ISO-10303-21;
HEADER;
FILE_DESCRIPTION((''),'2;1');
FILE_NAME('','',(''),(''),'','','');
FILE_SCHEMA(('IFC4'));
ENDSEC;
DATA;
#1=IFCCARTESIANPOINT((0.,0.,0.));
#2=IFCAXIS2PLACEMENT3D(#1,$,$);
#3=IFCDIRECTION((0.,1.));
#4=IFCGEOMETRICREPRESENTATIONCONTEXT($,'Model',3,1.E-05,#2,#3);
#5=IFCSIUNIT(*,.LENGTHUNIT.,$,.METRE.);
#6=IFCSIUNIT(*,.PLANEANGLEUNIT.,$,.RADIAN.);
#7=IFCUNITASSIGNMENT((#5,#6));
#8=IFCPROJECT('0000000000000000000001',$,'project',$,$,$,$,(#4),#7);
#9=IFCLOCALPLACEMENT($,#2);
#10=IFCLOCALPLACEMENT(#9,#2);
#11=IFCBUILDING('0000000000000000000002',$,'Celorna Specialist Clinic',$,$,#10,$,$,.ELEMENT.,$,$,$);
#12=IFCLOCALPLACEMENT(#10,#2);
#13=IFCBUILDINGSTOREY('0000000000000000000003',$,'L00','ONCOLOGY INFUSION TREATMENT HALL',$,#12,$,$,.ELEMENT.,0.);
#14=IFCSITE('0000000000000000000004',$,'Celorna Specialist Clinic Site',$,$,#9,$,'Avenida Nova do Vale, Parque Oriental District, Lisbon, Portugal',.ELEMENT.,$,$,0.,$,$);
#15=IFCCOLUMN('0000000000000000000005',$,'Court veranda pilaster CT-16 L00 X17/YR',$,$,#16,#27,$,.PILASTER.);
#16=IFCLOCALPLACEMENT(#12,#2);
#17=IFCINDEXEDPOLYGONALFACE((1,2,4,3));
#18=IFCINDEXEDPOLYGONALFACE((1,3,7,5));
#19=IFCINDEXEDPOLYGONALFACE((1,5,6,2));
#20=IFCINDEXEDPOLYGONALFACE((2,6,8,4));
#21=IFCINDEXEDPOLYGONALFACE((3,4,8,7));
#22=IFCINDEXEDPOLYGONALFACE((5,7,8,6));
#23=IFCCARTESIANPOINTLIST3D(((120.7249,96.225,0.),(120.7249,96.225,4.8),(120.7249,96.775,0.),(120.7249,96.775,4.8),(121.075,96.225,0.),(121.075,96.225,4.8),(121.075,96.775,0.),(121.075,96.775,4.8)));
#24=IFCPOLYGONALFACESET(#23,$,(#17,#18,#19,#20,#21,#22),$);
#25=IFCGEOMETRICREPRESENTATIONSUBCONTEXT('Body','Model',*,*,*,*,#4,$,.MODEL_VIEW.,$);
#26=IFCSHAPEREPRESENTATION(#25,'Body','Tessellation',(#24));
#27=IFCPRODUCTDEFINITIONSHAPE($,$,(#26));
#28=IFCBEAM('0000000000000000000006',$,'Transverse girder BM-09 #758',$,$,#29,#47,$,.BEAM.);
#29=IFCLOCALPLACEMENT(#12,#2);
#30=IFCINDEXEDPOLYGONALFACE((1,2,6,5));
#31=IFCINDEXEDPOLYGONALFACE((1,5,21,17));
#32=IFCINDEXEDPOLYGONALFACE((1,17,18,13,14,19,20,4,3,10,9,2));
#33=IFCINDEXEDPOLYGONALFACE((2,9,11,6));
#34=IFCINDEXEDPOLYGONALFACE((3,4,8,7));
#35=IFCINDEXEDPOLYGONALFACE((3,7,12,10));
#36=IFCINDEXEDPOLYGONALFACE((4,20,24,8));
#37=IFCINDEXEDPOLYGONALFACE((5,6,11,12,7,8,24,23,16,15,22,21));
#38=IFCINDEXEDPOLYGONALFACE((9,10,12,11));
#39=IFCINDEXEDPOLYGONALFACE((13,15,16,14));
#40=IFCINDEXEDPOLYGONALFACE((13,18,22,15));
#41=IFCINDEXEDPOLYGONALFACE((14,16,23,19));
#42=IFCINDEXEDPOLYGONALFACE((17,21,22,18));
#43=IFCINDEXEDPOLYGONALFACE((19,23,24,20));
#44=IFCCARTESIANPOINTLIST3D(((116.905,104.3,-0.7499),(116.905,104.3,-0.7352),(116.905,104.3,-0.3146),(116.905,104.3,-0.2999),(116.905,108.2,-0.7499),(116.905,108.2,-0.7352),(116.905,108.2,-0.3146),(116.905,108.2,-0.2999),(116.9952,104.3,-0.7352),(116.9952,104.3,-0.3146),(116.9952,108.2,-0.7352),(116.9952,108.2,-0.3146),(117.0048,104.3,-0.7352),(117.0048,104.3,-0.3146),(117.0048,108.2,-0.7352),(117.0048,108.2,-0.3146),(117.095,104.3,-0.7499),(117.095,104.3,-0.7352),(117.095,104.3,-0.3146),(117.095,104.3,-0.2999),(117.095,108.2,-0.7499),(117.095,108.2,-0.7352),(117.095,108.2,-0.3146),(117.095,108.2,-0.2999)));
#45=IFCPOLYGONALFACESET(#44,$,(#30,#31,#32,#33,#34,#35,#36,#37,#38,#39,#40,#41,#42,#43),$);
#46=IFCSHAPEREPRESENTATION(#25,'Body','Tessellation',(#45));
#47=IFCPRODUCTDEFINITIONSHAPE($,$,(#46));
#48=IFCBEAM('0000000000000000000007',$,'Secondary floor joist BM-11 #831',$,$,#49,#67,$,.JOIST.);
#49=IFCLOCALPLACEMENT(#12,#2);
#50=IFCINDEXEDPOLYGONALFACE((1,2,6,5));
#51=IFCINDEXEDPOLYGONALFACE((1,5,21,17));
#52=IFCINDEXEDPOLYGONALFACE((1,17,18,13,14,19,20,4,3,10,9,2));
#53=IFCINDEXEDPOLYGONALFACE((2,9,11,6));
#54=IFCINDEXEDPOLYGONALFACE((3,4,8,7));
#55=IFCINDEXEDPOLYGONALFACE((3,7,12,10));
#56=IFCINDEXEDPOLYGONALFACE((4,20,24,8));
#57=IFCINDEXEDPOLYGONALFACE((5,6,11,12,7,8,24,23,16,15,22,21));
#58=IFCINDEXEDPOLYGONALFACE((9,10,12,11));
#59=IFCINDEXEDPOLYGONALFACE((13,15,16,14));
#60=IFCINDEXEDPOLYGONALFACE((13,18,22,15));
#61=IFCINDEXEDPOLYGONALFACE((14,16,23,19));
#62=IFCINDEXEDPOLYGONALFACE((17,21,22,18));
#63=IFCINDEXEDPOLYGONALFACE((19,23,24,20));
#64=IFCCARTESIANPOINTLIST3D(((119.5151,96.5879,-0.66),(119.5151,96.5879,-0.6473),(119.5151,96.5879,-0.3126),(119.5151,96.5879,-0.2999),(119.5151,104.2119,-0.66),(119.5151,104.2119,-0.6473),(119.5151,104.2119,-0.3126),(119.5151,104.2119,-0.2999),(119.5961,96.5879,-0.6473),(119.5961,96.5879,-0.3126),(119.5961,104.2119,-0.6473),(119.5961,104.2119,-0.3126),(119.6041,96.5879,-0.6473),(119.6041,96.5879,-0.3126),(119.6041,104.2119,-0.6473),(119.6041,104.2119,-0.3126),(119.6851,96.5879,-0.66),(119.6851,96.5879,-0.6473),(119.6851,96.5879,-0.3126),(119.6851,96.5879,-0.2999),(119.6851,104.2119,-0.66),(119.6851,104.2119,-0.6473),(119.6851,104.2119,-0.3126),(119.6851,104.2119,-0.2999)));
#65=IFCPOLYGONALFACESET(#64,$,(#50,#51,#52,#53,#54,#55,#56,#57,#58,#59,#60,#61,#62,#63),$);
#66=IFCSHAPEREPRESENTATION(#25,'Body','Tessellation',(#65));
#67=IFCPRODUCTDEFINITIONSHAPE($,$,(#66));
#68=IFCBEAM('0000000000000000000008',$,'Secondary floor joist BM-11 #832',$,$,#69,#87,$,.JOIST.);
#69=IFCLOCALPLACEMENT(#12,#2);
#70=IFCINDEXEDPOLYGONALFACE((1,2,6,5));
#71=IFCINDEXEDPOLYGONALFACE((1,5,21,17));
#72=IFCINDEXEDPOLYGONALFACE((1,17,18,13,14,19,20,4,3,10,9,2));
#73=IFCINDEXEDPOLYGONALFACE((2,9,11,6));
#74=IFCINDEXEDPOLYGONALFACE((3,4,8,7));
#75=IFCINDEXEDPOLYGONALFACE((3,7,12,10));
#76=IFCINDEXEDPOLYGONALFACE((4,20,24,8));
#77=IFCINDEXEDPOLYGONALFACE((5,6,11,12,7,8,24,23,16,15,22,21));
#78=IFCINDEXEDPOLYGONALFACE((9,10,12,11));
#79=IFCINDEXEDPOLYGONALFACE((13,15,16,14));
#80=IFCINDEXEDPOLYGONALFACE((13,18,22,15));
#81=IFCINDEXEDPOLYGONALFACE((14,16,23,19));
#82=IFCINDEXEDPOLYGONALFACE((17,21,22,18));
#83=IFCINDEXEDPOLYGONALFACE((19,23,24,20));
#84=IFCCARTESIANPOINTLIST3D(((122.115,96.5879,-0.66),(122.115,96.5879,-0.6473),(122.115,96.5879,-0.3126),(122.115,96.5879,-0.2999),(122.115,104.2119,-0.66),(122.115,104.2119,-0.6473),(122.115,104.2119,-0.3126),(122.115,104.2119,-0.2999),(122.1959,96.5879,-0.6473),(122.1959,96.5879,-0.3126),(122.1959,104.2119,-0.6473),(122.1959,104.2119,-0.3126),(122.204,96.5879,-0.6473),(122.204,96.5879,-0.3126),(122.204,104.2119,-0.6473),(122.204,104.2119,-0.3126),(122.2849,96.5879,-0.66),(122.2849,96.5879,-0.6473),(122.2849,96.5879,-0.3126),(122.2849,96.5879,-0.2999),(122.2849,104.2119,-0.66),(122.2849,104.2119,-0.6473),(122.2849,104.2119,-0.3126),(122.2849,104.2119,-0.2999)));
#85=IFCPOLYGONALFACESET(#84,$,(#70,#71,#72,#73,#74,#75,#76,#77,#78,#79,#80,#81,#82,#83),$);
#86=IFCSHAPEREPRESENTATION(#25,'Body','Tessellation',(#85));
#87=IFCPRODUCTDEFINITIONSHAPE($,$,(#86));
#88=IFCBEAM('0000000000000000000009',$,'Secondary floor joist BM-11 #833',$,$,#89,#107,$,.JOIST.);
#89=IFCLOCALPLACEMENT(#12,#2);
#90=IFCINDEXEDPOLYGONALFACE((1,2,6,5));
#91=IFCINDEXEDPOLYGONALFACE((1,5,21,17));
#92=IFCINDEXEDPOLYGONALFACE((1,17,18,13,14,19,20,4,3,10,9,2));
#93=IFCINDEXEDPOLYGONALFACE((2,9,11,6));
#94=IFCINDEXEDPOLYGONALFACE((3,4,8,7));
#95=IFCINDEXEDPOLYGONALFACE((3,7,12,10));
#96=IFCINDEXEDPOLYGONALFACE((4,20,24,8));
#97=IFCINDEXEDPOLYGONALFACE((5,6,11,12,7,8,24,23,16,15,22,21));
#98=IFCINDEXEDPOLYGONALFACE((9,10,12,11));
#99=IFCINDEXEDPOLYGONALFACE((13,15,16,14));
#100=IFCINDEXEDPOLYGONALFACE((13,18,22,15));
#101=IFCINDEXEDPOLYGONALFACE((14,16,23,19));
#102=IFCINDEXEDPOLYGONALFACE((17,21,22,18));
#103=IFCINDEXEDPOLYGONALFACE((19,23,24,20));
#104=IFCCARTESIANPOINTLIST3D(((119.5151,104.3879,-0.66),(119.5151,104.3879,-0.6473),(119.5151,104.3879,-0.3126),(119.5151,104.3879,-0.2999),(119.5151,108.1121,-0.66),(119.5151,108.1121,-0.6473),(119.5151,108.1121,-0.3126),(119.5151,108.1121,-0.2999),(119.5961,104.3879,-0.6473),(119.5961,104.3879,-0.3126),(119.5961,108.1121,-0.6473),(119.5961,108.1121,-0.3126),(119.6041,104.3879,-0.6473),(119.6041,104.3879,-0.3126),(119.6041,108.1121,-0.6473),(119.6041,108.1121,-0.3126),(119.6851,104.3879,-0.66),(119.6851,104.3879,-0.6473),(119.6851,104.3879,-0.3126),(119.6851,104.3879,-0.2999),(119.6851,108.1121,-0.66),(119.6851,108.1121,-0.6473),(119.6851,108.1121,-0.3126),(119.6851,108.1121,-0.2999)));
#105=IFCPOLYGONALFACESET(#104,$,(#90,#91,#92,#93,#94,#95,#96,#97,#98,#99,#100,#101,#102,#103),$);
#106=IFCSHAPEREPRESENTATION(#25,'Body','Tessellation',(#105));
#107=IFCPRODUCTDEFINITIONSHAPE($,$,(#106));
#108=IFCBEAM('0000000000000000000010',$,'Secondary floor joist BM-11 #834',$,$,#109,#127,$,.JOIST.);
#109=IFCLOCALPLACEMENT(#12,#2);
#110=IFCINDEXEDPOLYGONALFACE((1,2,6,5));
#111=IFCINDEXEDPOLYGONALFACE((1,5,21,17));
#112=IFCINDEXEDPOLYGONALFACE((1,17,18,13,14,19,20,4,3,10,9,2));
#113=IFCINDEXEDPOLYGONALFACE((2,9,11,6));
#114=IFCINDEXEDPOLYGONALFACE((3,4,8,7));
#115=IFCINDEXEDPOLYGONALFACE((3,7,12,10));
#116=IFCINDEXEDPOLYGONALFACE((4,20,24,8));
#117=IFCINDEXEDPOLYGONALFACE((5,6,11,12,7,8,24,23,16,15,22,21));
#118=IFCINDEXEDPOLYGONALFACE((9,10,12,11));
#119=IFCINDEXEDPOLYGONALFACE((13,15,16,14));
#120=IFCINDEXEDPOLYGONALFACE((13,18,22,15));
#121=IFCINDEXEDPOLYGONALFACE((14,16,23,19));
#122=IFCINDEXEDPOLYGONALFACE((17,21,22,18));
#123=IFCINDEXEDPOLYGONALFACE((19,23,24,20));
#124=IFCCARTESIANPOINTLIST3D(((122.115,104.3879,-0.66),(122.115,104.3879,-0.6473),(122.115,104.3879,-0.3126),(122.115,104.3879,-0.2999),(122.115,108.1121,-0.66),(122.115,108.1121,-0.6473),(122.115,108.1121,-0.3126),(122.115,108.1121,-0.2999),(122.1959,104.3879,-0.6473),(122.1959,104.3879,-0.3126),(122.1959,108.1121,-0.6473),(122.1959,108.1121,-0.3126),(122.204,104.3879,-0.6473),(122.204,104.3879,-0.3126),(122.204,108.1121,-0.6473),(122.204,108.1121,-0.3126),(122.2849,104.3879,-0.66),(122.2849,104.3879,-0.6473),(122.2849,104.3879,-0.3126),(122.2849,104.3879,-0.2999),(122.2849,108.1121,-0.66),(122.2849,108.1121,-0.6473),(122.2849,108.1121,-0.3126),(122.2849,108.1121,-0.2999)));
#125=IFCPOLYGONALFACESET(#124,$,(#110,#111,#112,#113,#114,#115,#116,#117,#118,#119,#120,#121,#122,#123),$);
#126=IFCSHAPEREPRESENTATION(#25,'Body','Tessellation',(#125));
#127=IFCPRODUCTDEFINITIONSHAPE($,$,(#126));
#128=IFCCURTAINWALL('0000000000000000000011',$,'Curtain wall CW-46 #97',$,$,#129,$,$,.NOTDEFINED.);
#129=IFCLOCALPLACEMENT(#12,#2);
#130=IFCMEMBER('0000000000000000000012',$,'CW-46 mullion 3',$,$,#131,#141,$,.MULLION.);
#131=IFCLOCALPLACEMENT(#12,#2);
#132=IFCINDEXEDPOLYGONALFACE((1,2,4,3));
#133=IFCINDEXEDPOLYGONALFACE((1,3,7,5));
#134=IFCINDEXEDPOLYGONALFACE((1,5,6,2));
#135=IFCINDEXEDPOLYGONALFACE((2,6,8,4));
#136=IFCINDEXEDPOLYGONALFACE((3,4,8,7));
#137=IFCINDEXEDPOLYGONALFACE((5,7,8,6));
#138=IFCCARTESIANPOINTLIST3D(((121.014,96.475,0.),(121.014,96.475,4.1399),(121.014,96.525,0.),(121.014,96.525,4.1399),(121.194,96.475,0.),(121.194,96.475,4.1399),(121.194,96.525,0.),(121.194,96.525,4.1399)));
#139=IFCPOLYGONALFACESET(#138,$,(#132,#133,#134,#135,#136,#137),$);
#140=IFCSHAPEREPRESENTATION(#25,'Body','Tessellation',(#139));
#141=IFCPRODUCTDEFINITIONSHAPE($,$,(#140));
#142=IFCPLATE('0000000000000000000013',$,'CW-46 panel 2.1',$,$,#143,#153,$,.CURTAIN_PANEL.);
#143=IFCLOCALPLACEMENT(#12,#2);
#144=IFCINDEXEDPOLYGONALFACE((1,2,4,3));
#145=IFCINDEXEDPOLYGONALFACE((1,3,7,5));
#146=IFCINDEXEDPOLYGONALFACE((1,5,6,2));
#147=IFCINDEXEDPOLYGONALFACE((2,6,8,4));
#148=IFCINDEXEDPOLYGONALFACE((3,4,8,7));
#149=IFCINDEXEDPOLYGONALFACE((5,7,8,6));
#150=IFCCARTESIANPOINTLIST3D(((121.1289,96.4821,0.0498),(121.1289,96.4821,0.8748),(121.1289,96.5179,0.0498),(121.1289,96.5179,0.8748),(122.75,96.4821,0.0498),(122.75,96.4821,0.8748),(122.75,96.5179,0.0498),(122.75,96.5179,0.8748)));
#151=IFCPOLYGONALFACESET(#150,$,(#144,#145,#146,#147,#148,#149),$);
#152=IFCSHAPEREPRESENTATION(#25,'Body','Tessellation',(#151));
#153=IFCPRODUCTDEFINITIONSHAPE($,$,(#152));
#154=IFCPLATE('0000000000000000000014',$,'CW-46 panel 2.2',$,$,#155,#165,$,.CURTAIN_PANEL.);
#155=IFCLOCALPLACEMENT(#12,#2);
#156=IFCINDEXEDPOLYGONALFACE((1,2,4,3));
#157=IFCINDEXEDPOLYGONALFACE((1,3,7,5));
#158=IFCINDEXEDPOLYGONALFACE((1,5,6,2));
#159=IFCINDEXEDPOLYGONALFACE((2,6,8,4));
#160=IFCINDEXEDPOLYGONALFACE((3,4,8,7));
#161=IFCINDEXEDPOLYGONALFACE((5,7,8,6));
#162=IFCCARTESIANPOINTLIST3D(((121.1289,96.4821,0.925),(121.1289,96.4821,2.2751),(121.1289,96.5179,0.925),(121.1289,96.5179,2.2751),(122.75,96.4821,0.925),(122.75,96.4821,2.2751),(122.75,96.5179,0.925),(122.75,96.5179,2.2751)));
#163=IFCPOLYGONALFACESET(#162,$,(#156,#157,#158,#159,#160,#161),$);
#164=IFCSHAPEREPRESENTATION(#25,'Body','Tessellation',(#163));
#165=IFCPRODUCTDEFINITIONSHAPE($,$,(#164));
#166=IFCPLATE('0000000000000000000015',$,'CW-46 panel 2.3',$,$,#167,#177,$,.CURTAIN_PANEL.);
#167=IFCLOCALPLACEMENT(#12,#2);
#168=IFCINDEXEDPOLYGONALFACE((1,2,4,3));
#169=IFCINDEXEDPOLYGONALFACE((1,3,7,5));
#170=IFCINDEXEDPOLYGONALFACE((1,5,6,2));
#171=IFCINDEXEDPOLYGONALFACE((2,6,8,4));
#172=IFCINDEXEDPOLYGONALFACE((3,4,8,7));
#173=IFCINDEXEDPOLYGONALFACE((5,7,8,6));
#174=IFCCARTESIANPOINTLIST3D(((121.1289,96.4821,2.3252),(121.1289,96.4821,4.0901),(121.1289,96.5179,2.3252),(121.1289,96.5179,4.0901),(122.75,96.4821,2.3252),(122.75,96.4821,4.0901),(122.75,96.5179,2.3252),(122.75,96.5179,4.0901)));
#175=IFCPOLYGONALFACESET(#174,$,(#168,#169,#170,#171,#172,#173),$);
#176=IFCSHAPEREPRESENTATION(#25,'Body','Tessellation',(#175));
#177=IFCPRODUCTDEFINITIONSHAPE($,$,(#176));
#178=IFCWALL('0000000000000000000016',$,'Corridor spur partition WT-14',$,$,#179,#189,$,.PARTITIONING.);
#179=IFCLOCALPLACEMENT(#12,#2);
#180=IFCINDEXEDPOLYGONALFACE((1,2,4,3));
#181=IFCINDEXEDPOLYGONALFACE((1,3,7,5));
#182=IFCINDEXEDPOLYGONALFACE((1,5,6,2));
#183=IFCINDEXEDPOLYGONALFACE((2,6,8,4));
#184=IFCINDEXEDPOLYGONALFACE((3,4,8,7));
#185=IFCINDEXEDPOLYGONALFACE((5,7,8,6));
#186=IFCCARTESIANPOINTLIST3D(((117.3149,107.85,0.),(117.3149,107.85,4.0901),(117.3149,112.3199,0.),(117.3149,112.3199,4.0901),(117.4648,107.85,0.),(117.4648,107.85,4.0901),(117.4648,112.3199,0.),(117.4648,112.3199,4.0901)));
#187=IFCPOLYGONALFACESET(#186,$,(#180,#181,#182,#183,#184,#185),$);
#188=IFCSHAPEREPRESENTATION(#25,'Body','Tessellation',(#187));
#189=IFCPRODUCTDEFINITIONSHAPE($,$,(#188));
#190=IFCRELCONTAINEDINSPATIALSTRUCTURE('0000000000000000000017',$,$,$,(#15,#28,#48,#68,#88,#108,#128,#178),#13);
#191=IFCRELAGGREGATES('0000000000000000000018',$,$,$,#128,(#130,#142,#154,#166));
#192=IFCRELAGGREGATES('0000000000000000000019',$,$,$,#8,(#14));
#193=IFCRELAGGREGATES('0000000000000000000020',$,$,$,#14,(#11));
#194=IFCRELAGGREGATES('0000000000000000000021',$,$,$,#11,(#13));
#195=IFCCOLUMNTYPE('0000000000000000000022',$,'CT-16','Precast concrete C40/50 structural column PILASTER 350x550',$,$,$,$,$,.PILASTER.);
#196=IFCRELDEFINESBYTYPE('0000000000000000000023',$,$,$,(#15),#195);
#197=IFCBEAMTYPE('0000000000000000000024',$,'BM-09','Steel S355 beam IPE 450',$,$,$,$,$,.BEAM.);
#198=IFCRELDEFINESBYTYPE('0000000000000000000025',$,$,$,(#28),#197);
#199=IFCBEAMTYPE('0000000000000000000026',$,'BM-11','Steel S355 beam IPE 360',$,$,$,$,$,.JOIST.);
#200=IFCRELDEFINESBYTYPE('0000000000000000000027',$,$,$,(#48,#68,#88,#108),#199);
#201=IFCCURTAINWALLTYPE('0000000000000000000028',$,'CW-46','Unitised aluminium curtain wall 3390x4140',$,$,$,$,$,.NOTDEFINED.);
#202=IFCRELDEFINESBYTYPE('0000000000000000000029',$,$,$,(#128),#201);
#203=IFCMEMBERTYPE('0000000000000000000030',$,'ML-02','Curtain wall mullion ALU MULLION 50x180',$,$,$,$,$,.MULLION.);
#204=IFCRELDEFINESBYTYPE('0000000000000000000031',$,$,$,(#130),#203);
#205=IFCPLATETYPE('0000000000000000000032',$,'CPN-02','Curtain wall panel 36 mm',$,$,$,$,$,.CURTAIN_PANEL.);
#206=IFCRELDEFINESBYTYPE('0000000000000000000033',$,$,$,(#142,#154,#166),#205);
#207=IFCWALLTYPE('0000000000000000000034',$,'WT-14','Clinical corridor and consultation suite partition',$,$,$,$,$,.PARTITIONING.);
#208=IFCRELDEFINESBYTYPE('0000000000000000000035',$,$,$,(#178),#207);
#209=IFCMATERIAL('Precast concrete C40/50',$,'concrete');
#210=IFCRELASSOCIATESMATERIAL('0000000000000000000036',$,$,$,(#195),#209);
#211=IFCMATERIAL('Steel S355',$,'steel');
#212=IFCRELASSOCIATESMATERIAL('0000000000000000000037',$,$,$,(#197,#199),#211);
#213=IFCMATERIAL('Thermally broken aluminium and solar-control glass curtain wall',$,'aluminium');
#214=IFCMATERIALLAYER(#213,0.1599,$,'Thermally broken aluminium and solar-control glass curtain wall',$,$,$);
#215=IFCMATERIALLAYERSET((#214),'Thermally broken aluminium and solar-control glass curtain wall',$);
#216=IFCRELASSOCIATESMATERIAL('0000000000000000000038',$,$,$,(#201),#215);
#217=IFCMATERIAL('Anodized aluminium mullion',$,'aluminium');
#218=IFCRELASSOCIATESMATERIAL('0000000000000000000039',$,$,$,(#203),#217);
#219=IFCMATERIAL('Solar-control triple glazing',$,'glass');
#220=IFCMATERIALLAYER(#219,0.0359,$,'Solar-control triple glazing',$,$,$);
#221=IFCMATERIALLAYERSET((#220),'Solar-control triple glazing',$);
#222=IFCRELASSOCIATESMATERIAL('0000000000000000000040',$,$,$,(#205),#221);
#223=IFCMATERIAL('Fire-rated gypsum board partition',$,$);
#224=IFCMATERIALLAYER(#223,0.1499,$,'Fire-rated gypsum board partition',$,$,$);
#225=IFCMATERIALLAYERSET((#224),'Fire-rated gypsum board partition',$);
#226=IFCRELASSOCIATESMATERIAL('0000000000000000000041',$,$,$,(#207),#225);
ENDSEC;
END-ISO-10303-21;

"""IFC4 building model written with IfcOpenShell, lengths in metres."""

from ifc_helpers import new_model, si_unit, direction, frame, frame_2d, origin, origin_2d, place, context, subcontext, project, spatial, rectangle, i_section, extrude, material, layer, layer_set, material_profile, profile_set, type_object, element, aggregate, save


model = new_model("IFC4")

# Units and contexts
model_context = context("Model", 3, precision=1e-05, world=origin(), true_north=direction((0.0, 1.0)))
body_context = subcontext(model_context, "Body", "Model", "MODEL_VIEW")
ifc_project = project(units=[si_unit("LENGTHUNIT", "METRE"), si_unit("PLANEANGLEUNIT", "RADIAN")], contexts=[model_context])

# Site, building, storey
site_placement = place(None, origin())
site = spatial("IfcSite", under=ifc_project, at=site_placement, Name="Celorna Specialist Clinic Site", LongName="Avenida Nova do Vale, Parque Oriental District, Lisbon, Portugal", CompositionType="ELEMENT", RefElevation=0.0)
building_placement = place(site_placement, origin())
building = spatial("IfcBuilding", under=site, at=building_placement, Name="Celorna Specialist Clinic", CompositionType="ELEMENT")
storey_placement = place(building_placement, origin())
storey = spatial("IfcBuildingStorey", under=building, at=storey_placement, Name="L00", Description="ONCOLOGY INFUSION TREATMENT HALL", CompositionType="ELEMENT", Elevation=0.0)

# Column
ifc_material_1 = material(Name="Precast concrete C40/50", Category="concrete")
ifc_material_profile_1 = material_profile(ifc_material_1, rectangle(XDim=0.3501, YDim=0.55, at=origin_2d()), Name="PILASTER 350x550")
ifc_profile_set_1 = profile_set([ifc_material_profile_1], Name="Precast concrete C40/50")
column_type = type_object("IfcColumnType", Name="CT-16", Description="Precast concrete C40/50 structural column PILASTER 350x550", PredefinedType="PILASTER", material=ifc_profile_set_1)
column_placement = place(storey_placement, frame((120.8999, 96.5, 0.0), z_axis=(0.0, 0.0, 1.0), x_axis=(1.0, 0.0, 0.0)))
element("IfcColumn", 1, at=column_placement, inside=storey, type_object=column_type, Name="Court veranda pilaster CT-16 L00 X17/YR", PredefinedType="PILASTER", context=body_context, shape_type="SweptSolid", body=[
    extrude(rectangle(XDim=0.3501, YDim=0.55, at=origin_2d()), origin(), (0.0, 0.0, 1.0), 4.8),
])

# Beams
ifc_material_2 = material(Name="Steel S355", Category="steel")
ifc_material_profile_2 = material_profile(ifc_material_2, i_section(OverallWidth=0.1899, OverallDepth=0.45, WebThickness=0.0095, FlangeThickness=0.0146, at=origin_2d()), Name="IPE 450")
ifc_profile_set_2 = profile_set([ifc_material_profile_2], Name="Steel S355")
beam_type_1 = type_object("IfcBeamType", Name="BM-09", Description="Steel S355 beam IPE 450", PredefinedType="BEAM", material=ifc_profile_set_2)
beam_placement = place(storey_placement, frame((117.0, 104.3, -0.5249), z_axis=(0.0, 1.0, 0.0), x_axis=(-1.0, 0.0, 0.0)))
element("IfcBeam", 2, at=beam_placement, inside=storey, type_object=beam_type_1, Name="Transverse girder BM-09 #758", PredefinedType="BEAM", context=body_context, shape_type="SweptSolid", body=[
    extrude(i_section(OverallWidth=0.1899, OverallDepth=0.45, WebThickness=0.0095, FlangeThickness=0.0146, at=origin_2d()), origin(), (0.0, 0.0, 1.0), 3.8999),
])
ifc_material_profile_3 = material_profile(ifc_material_2, i_section(OverallWidth=0.1699, OverallDepth=0.3601, WebThickness=0.0081, FlangeThickness=0.0127, at=origin_2d()), Name="IPE 360")
ifc_profile_set_3 = profile_set([ifc_material_profile_3], Name="Steel S355")
beam_type_2 = type_object("IfcBeamType", Name="BM-11", Description="Steel S355 beam IPE 360", PredefinedType="JOIST", material=ifc_profile_set_3)
for number, where, z_axis, x_axis, name in (
    (3, (119.6001, 96.5879, -0.48), (0.0, 1.0, 0.0), (-1.0, 0.0, 0.0), "Secondary floor joist BM-11 #831"),
    (4, (122.2, 96.5879, -0.48), (0.0, 1.0, 0.0), (-1.0, 0.0, 0.0), "Secondary floor joist BM-11 #832"),
):
    element("IfcBeam", number, at=place(storey_placement, frame(where, z_axis=z_axis, x_axis=x_axis)), inside=storey, type_object=beam_type_2, Name=name, PredefinedType="JOIST", context=body_context, shape_type="SweptSolid", body=[
        extrude(i_section(OverallWidth=0.1699, OverallDepth=0.3601, WebThickness=0.0081, FlangeThickness=0.0127, at=origin_2d()), origin(), (0.0, 0.0, 1.0), 7.624),
    ])
for number, where, z_axis, x_axis, name in (
    (5, (119.6001, 104.3879, -0.48), (0.0, 1.0, 0.0), (-1.0, 0.0, 0.0), "Secondary floor joist BM-11 #833"),
    (6, (122.2, 104.3879, -0.48), (0.0, 1.0, 0.0), (-1.0, 0.0, 0.0), "Secondary floor joist BM-11 #834"),
):
    element("IfcBeam", number, at=place(storey_placement, frame(where, z_axis=z_axis, x_axis=x_axis)), inside=storey, type_object=beam_type_2, Name=name, PredefinedType="JOIST", context=body_context, shape_type="SweptSolid", body=[
        extrude(i_section(OverallWidth=0.1699, OverallDepth=0.3601, WebThickness=0.0081, FlangeThickness=0.0127, at=origin_2d()), origin(), (0.0, 0.0, 1.0), 3.7241),
    ])

# Curtain wall, member, plates
ifc_material_3 = material(Name="Thermally broken aluminium and solar-control glass curtain wall", Category="aluminium")
ifc_layer_1 = layer(ifc_material_3, 0.1599, Name="Thermally broken aluminium and solar-control glass curtain wall")
ifc_layer_set_1 = layer_set([ifc_layer_1], Name="Thermally broken aluminium and solar-control glass curtain wall")
curtain_wall_type = type_object("IfcCurtainWallType", Name="CW-46", Description="Unitised aluminium curtain wall 3390x4140", PredefinedType="NOTDEFINED", material=ifc_layer_set_1)
curtain_wall_placement = place(storey_placement, origin())
curtain_wall = element("IfcCurtainWall", 7, at=curtain_wall_placement, inside=storey, type_object=curtain_wall_type, Name="Curtain wall CW-46 #97", PredefinedType="NOTDEFINED")
ifc_material_4 = material(Name="Anodized aluminium mullion", Category="aluminium")
ifc_material_profile_4 = material_profile(ifc_material_4, rectangle(XDim=0.05, YDim=0.1799, at=origin_2d()), Name="ALU MULLION 50x180")
ifc_profile_set_4 = profile_set([ifc_material_profile_4], Name="Anodized aluminium mullion")
member_type = type_object("IfcMemberType", Name="ML-02", Description="Curtain wall mullion ALU MULLION 50x180", PredefinedType="MULLION", material=ifc_profile_set_4)
member_placement = place(storey_placement, frame((121.104, 96.5, 0.0), z_axis=(0.0, 0.0, 1.0), x_axis=(0.0, -1.0, 0.0)))
member = element("IfcMember", 8, at=member_placement, type_object=member_type, Name="CW-46 mullion 3", PredefinedType="MULLION", context=body_context, shape_type="SweptSolid", body=[
    extrude(rectangle(XDim=0.05, YDim=0.1799, at=origin_2d()), origin(), (0.0, 0.0, 1.0), 4.1399),
])
ifc_material_5 = material(Name="Solar-control triple glazing", Category="glass")
ifc_layer_2 = layer(ifc_material_5, 0.0359, Name="Solar-control triple glazing")
ifc_layer_set_2 = layer_set([ifc_layer_2], Name="Solar-control triple glazing")
plate_type = type_object("IfcPlateType", Name="CPN-02", Description="Curtain wall panel 36 mm", PredefinedType="CURTAIN_PANEL", material=ifc_layer_set_2)
plate_1_placement = place(storey_placement, frame((121.9395, 96.5, 0.0498), z_axis=(0.0, 0.0, 1.0), x_axis=(-1.0, 0.0, 0.0)))
plate_1 = element("IfcPlate", 9, at=plate_1_placement, type_object=plate_type, Name="CW-46 panel 2.1", PredefinedType="CURTAIN_PANEL", context=body_context, shape_type="SweptSolid", body=[
    extrude(rectangle(XDim=1.6211, YDim=0.0359, at=origin_2d()), origin(), (0.0, 0.0, 1.0), 0.825),
])
plate_2_placement = place(storey_placement, frame((121.9395, 96.5, 0.925), z_axis=(0.0, 0.0, 1.0), x_axis=(-1.0, 0.0, 0.0)))
plate_2 = element("IfcPlate", 10, at=plate_2_placement, type_object=plate_type, Name="CW-46 panel 2.2", PredefinedType="CURTAIN_PANEL", context=body_context, shape_type="SweptSolid", body=[
    extrude(rectangle(XDim=1.6211, YDim=0.0359, at=origin_2d()), origin(), (0.0, 0.0, 1.0), 1.3501),
])
plate_3_placement = place(storey_placement, frame((121.9395, 96.5, 2.3252), z_axis=(0.0, 0.0, 1.0), x_axis=(-1.0, 0.0, 0.0)))
plate_3 = element("IfcPlate", 11, at=plate_3_placement, type_object=plate_type, Name="CW-46 panel 2.3", PredefinedType="CURTAIN_PANEL", context=body_context, shape_type="SweptSolid", body=[
    extrude(rectangle(XDim=1.6211, YDim=0.0359, at=origin_2d()), origin(), (0.0, 0.0, 1.0), 1.7649),
])
aggregate(curtain_wall, [member, plate_1, plate_2, plate_3])

# Wall
ifc_material_6 = material(Name="Fire-rated gypsum board partition")
ifc_layer_3 = layer(ifc_material_6, 0.1499, Name="Fire-rated gypsum board partition")
ifc_layer_set_3 = layer_set([ifc_layer_3], Name="Fire-rated gypsum board partition")
wall_type_1 = type_object("IfcWallType", Name="WT-14", Description="Clinical corridor and consultation suite partition", PredefinedType="PARTITIONING", material=ifc_layer_set_3)
wall_1_placement = place(storey_placement, frame((117.3899, 107.8501, 0.0), z_axis=(0.0, 0.0, 1.0), x_axis=(0.0, 1.0, 0.0)))
element("IfcWall", 12, at=wall_1_placement, inside=storey, type_object=wall_type_1, Name="Corridor spur partition WT-14", PredefinedType="PARTITIONING", context=body_context, shape_type="SweptSolid", body=[
    extrude(rectangle(XDim=4.47, YDim=0.1499, at=frame_2d((2.2349, 0.0))), origin(), (0.0, 0.0, 1.0), 4.0901),
])

save(model, "model.ifc")
